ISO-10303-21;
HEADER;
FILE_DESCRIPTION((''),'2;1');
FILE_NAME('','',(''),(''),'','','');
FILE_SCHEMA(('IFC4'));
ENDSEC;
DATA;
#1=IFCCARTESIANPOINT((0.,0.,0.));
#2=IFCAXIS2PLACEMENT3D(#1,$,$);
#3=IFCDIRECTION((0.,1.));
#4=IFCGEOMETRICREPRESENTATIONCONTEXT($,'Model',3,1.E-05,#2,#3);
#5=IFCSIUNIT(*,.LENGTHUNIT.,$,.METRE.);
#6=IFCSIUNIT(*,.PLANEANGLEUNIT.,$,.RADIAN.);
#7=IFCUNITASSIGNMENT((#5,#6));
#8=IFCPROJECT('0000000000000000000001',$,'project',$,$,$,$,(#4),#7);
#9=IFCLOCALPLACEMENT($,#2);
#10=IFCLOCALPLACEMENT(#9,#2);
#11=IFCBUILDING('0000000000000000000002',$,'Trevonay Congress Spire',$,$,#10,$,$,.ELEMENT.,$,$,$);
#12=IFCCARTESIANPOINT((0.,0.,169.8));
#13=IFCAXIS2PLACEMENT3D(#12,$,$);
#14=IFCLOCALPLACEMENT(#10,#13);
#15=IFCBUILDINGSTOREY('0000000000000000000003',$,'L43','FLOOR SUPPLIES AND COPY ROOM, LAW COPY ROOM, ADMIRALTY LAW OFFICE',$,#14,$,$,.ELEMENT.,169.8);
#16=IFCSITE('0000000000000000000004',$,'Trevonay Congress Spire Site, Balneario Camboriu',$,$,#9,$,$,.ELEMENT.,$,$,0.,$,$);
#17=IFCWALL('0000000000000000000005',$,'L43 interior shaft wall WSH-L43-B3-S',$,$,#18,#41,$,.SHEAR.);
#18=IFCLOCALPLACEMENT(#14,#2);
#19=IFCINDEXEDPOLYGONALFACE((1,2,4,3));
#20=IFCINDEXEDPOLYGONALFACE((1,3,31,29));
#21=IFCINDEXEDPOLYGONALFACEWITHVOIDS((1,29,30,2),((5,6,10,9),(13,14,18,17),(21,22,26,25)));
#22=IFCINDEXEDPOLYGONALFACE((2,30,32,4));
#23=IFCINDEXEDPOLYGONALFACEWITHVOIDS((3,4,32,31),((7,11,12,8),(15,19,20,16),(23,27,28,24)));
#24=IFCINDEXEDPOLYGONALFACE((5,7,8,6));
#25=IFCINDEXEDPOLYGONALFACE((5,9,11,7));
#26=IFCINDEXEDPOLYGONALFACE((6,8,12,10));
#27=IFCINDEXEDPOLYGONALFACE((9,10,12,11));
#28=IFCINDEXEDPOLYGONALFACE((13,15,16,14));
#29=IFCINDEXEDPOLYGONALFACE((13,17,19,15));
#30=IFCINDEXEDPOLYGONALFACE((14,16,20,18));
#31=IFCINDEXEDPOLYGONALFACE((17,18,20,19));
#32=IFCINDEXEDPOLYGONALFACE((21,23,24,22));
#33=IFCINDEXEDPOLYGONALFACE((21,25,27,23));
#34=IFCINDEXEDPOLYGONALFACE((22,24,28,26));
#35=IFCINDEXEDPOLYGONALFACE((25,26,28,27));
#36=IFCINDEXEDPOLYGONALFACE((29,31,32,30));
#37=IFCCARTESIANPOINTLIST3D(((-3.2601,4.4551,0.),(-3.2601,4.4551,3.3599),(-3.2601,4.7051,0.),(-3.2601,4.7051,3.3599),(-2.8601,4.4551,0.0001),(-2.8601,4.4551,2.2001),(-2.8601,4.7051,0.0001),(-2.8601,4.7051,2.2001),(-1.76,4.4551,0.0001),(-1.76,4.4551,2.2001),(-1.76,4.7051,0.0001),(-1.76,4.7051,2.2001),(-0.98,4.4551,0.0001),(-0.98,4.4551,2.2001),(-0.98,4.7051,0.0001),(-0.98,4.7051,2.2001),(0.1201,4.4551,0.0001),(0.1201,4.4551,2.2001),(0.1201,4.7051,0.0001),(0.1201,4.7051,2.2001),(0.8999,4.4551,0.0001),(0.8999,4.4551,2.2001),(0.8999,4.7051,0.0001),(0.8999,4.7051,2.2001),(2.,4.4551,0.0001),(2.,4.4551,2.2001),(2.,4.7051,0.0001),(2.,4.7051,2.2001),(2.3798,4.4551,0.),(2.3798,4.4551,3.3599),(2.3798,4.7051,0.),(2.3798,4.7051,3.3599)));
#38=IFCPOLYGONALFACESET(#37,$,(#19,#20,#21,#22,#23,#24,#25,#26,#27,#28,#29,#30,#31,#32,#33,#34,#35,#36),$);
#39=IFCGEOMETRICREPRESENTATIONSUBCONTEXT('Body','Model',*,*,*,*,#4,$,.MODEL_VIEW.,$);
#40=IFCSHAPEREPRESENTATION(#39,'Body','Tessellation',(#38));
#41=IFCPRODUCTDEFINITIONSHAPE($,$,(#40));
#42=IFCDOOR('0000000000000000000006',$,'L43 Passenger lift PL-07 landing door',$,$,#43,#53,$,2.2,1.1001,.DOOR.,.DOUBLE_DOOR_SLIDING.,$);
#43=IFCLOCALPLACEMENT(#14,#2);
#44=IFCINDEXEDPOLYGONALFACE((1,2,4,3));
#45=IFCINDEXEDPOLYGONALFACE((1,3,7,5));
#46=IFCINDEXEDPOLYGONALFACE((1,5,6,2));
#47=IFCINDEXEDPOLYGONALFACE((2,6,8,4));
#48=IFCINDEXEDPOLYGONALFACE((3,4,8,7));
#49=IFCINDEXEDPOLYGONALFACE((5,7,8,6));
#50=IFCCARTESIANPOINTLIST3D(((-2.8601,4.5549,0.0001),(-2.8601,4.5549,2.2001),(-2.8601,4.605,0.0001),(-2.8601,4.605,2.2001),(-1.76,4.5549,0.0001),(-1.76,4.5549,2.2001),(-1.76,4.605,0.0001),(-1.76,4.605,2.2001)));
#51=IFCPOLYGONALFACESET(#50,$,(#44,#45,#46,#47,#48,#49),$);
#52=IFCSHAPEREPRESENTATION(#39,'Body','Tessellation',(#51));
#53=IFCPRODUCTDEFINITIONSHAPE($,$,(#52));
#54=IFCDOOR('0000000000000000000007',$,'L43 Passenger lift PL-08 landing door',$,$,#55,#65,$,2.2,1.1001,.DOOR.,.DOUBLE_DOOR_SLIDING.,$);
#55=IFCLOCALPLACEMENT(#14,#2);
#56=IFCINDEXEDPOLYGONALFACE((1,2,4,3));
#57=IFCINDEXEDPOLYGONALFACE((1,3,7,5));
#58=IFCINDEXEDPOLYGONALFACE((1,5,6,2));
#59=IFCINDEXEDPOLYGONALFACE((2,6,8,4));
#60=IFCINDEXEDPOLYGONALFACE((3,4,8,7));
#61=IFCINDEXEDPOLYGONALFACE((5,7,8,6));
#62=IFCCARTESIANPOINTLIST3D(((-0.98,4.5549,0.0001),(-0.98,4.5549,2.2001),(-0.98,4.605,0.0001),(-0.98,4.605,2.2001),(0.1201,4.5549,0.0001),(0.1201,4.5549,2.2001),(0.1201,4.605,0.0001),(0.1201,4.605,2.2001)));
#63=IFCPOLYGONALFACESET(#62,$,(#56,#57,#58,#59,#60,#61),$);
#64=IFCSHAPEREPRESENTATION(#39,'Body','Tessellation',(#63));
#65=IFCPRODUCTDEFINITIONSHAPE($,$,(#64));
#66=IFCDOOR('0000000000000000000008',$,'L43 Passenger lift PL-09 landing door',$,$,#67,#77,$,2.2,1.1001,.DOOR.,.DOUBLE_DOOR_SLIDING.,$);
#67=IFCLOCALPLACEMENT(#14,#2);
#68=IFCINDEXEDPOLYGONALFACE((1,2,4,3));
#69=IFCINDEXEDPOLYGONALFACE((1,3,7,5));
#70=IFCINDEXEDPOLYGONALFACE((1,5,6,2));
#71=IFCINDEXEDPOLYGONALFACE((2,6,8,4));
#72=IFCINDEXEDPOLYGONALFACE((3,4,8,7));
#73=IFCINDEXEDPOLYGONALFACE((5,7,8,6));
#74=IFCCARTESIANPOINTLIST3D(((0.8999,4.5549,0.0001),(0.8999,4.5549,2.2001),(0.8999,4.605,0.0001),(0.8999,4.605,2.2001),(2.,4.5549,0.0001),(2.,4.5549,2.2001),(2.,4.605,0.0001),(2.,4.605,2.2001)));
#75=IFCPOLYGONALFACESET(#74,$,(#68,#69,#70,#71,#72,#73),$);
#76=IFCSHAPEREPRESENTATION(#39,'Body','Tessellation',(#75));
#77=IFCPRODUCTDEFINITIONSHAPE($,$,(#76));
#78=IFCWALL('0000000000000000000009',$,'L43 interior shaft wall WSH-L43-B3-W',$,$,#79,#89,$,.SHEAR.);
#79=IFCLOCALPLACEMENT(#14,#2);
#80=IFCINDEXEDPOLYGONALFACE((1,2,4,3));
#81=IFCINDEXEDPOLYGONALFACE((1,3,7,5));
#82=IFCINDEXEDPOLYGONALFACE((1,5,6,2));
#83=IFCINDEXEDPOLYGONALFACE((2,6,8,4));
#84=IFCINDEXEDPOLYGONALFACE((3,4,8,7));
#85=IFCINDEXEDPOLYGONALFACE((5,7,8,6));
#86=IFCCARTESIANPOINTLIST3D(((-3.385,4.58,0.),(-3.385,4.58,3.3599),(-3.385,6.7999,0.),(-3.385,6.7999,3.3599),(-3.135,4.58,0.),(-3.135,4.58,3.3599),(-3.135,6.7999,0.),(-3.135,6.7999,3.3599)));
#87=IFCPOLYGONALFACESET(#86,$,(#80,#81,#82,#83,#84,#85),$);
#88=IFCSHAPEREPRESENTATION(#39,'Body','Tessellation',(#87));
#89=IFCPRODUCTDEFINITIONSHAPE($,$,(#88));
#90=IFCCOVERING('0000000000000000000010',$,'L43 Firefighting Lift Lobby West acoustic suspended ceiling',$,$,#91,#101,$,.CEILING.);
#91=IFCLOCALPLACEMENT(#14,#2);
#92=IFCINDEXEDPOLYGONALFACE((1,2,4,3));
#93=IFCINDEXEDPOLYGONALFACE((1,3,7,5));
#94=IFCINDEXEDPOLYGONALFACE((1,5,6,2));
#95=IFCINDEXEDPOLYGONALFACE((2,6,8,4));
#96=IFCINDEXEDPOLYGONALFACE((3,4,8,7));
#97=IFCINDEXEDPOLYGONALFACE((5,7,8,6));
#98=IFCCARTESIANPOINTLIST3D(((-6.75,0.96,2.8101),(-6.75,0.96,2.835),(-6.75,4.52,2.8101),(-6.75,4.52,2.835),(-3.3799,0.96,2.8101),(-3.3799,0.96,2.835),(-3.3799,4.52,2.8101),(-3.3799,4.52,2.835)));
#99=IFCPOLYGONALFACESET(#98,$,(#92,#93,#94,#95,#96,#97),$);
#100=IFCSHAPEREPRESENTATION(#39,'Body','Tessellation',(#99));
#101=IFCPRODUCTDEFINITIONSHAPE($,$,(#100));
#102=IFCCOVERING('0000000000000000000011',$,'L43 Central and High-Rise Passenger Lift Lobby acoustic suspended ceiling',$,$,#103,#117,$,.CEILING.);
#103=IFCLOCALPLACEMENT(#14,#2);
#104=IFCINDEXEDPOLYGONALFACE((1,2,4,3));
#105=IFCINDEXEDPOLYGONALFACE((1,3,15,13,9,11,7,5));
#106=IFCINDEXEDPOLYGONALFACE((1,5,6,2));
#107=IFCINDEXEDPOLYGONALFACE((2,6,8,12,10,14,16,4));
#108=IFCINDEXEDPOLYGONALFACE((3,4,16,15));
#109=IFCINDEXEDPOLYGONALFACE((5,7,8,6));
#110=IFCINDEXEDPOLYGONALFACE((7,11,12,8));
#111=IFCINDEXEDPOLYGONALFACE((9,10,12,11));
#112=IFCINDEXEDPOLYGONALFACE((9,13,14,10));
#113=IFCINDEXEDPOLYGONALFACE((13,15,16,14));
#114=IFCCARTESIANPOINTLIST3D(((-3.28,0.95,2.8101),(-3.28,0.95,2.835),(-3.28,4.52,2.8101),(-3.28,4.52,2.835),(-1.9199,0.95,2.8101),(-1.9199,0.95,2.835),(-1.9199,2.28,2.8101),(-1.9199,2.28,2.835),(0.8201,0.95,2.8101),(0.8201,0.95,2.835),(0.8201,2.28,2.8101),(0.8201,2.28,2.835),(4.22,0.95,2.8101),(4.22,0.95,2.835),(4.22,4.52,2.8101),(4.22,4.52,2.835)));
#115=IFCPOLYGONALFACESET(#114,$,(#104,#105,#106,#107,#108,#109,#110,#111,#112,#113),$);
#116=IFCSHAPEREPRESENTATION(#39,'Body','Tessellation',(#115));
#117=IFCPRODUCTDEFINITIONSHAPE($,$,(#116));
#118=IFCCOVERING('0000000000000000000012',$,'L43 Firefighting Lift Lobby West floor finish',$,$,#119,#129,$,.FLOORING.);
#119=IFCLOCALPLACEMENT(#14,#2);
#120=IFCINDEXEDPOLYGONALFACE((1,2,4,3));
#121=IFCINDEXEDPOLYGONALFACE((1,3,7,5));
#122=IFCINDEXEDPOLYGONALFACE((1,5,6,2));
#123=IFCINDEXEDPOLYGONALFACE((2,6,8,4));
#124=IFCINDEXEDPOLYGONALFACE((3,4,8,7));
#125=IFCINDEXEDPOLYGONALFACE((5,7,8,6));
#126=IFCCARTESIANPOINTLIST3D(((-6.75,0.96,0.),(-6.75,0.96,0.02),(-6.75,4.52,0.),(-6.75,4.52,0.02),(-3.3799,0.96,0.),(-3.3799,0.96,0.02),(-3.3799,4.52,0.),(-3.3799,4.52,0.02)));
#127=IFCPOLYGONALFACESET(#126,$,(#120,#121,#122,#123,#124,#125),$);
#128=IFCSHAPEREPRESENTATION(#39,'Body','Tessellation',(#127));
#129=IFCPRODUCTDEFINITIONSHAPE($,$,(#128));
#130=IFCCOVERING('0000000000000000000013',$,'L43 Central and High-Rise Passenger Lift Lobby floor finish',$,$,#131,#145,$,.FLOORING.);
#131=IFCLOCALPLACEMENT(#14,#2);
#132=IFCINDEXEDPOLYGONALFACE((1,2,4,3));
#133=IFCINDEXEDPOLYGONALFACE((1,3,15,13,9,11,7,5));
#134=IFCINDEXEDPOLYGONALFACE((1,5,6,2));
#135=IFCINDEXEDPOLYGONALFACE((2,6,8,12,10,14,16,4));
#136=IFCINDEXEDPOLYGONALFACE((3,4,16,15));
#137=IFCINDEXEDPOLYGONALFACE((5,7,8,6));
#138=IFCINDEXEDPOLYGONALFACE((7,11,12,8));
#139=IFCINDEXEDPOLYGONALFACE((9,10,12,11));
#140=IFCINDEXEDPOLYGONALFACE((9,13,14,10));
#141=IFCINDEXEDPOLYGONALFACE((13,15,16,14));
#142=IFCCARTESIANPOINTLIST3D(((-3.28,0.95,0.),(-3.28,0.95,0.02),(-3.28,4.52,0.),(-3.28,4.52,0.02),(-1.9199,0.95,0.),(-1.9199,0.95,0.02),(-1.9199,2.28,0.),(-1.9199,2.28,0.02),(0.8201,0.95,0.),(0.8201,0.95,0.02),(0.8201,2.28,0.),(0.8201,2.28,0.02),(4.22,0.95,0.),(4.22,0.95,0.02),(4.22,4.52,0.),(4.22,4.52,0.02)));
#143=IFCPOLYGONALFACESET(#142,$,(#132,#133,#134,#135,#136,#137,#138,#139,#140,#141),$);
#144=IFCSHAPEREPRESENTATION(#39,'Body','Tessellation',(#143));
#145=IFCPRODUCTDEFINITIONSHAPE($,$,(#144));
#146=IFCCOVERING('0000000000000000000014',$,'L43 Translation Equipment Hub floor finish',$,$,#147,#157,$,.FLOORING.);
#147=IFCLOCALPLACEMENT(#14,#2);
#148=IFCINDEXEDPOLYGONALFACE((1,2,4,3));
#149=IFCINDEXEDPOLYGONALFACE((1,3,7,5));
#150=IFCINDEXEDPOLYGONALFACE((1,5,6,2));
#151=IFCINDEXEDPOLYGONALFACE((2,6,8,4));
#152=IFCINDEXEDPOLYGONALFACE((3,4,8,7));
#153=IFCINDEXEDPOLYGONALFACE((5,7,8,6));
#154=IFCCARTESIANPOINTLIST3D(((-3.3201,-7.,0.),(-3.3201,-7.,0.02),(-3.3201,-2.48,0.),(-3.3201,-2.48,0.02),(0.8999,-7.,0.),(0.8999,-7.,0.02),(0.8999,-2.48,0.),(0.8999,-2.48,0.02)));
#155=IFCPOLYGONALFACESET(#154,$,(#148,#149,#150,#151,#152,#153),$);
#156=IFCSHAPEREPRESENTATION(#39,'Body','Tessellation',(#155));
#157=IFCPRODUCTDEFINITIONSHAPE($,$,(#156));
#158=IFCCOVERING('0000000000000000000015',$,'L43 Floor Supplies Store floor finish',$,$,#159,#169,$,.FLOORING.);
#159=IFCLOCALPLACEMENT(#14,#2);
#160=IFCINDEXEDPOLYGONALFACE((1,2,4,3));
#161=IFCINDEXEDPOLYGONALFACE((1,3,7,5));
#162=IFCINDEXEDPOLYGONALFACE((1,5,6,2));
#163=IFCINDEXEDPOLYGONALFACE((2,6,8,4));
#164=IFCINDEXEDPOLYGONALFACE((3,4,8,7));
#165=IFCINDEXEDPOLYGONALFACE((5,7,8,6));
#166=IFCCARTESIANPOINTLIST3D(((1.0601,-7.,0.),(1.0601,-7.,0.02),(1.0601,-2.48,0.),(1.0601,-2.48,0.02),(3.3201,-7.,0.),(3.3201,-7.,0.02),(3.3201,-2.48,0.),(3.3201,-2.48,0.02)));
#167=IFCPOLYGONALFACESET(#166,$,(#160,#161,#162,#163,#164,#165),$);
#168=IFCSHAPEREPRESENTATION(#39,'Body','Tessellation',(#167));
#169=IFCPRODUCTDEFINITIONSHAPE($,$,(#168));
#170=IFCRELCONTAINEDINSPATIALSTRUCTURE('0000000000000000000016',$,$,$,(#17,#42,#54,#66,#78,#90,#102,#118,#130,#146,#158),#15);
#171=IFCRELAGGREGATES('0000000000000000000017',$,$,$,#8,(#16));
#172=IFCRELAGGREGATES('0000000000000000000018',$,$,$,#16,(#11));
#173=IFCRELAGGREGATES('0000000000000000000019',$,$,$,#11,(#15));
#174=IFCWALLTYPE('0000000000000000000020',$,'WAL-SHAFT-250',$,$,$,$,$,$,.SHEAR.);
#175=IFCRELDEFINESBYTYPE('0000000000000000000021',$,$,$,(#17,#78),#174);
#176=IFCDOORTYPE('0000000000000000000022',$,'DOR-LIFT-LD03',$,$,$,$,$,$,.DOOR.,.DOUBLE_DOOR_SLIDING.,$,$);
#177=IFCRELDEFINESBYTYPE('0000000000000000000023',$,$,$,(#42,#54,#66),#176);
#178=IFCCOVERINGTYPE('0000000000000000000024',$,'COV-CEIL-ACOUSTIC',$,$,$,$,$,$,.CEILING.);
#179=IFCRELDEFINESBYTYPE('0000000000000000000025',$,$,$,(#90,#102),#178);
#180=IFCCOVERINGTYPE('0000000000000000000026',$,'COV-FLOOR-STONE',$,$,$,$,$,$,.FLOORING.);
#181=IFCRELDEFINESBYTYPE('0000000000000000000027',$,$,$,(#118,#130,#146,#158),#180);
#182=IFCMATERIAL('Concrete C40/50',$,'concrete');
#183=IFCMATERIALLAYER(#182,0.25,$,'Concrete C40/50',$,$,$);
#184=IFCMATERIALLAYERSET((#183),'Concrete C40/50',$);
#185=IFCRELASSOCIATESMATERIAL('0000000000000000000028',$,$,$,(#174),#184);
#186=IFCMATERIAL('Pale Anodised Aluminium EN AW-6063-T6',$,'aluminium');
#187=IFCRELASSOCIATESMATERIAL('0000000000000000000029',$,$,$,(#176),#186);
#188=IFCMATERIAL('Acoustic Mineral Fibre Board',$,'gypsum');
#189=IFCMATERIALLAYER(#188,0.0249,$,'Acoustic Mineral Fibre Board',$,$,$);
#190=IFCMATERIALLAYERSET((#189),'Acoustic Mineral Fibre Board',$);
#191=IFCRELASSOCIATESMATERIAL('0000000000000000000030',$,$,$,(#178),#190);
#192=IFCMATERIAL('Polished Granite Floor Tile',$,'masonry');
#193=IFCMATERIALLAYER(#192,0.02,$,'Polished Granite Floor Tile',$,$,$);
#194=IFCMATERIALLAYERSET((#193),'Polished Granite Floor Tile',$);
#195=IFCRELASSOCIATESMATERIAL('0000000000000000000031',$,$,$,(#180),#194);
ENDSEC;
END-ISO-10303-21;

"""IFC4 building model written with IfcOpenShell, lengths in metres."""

from ifc_helpers import new_model, si_unit, direction, frame, frame_2d, origin, place, context, subcontext, project, spatial, polyline, rectangle, outline, extrude, material, layer, layer_set, type_object, element, fill, save


model = new_model("IFC4")

# Units and contexts
model_context = context("Model", 3, precision=1e-05, world=origin(), true_north=direction((0.0, 1.0)))
body_context = subcontext(model_context, "Body", "Model", "MODEL_VIEW")
ifc_project = project(units=[si_unit("LENGTHUNIT", "METRE"), si_unit("PLANEANGLEUNIT", "RADIAN")], contexts=[model_context])

# Site, building, storey
site_placement = place(None, origin())
site = spatial("IfcSite", under=ifc_project, at=site_placement, Name="Trevonay Congress Spire Site, Balneario Camboriu", CompositionType="ELEMENT", RefElevation=0.0)
building_placement = place(site_placement, origin())
building = spatial("IfcBuilding", under=site, at=building_placement, Name="Trevonay Congress Spire", CompositionType="ELEMENT")
storey_placement = place(building_placement, frame((0.0, 0.0, 169.8)))
storey = spatial("IfcBuildingStorey", under=building, at=storey_placement, Name="L43", Description="FLOOR SUPPLIES AND COPY ROOM, LAW COPY ROOM, ADMIRALTY LAW OFFICE", CompositionType="ELEMENT", Elevation=169.8)

# Shared definitions
ifc_material_1 = material(Name="Concrete C40/50", Category="concrete")

# Wall, openings, doors
ifc_layer_1 = layer(ifc_material_1, 0.25, Name="Concrete C40/50")
ifc_layer_set_1 = layer_set([ifc_layer_1], Name="Concrete C40/50")
wall_type_1 = type_object("IfcWallType", Name="WAL-SHAFT-250", PredefinedType="SHEAR", material=ifc_layer_set_1)
wall_1_placement = place(storey_placement, frame((-3.26, 4.5801, 0.0), z_axis=(0.0, 0.0, 1.0), x_axis=(1.0, 0.0, 0.0)))
wall_1 = element("IfcWall", 1, at=wall_1_placement, inside=storey, type_object=wall_type_1, Name="L43 interior shaft wall WSH-L43-B3-S", PredefinedType="SHEAR", context=body_context, shape_type="SweptSolid", body=[
    extrude(rectangle(XDim=5.6399, YDim=0.25, at=frame_2d((2.8198, 0.0))), origin(), (0.0, 0.0, 1.0), 3.3599),
])
opening_1_placement = place(wall_1_placement, frame((0.3999, 0.0, 0.0)))
opening_1 = element("IfcOpeningElement", 2, at=opening_1_placement, cuts=wall_1, PredefinedType="OPENING", context=body_context, shape_type="SweptSolid", body=[
    extrude(rectangle(XDim=1.1001, YDim=2.2, at=frame_2d((0.55, 1.1001))), frame((0.0, 0.135, 0.0), z_axis=(0.0, -1.0, 0.0), x_axis=(1.0, 0.0, 0.0)), (0.0, 0.0, 1.0), 0.27),
])
opening_2_placement = place(wall_1_placement, frame((2.28, 0.0, 0.0)))
opening_2 = element("IfcOpeningElement", 3, at=opening_2_placement, cuts=wall_1, PredefinedType="OPENING", context=body_context, shape_type="SweptSolid", body=[
    extrude(rectangle(XDim=1.1001, YDim=2.2, at=frame_2d((0.55, 1.1001))), frame((0.0, 0.135, 0.0), z_axis=(0.0, -1.0, 0.0), x_axis=(1.0, 0.0, 0.0)), (0.0, 0.0, 1.0), 0.27),
])
opening_3_placement = place(wall_1_placement, frame((4.1599, 0.0, 0.0)))
opening_3 = element("IfcOpeningElement", 4, at=opening_3_placement, cuts=wall_1, PredefinedType="OPENING", context=body_context, shape_type="SweptSolid", body=[
    extrude(rectangle(XDim=1.1001, YDim=2.2, at=frame_2d((0.55, 1.1001))), frame((0.0, 0.135, 0.0), z_axis=(0.0, -1.0, 0.0), x_axis=(1.0, 0.0, 0.0)), (0.0, 0.0, 1.0), 0.27),
])
ifc_material_2 = material(Name="Pale Anodised Aluminium EN AW-6063-T6", Category="aluminium")
door_type = type_object("IfcDoorType", Name="DOR-LIFT-LD03", OperationType="DOUBLE_DOOR_SLIDING", PredefinedType="DOOR", material=ifc_material_2)
door_1_placement = place(opening_1_placement, origin())
door_1 = element("IfcDoor", 5, at=door_1_placement, inside=storey, type_object=door_type, Name="L43 Passenger lift PL-07 landing door", OperationType="DOUBLE_DOOR_SLIDING", OverallHeight=2.2, OverallWidth=1.1001, PredefinedType="DOOR", context=body_context, shape_type="SweptSolid", body=[
    extrude(rectangle(XDim=1.1001, YDim=2.2, at=frame_2d((0.55, 1.1001))), frame((0.0, 0.0249, 0.0), z_axis=(0.0, -1.0, 0.0), x_axis=(1.0, 0.0, 0.0)), (0.0, 0.0, 1.0), 0.05),
])
fill(opening_1, door_1)
door_2_placement = place(opening_2_placement, origin())
door_2 = element("IfcDoor", 6, at=door_2_placement, inside=storey, type_object=door_type, Name="L43 Passenger lift PL-08 landing door", OperationType="DOUBLE_DOOR_SLIDING", OverallHeight=2.2, OverallWidth=1.1001, PredefinedType="DOOR", context=body_context, shape_type="SweptSolid", body=[
    extrude(rectangle(XDim=1.1001, YDim=2.2, at=frame_2d((0.55, 1.1001))), frame((0.0, 0.0249, 0.0), z_axis=(0.0, -1.0, 0.0), x_axis=(1.0, 0.0, 0.0)), (0.0, 0.0, 1.0), 0.05),
])
fill(opening_2, door_2)
door_3_placement = place(opening_3_placement, origin())
door_3 = element("IfcDoor", 7, at=door_3_placement, inside=storey, type_object=door_type, Name="L43 Passenger lift PL-09 landing door", OperationType="DOUBLE_DOOR_SLIDING", OverallHeight=2.2, OverallWidth=1.1001, PredefinedType="DOOR", context=body_context, shape_type="SweptSolid", body=[
    extrude(rectangle(XDim=1.1001, YDim=2.2, at=frame_2d((0.55, 1.1001))), frame((0.0, 0.0249, 0.0), z_axis=(0.0, -1.0, 0.0), x_axis=(1.0, 0.0, 0.0)), (0.0, 0.0, 1.0), 0.05),
])
fill(opening_3, door_3)

# Wall
wall_2_placement = place(storey_placement, frame((-3.26, 4.5801, 0.0), z_axis=(0.0, 0.0, 1.0), x_axis=(0.0, 1.0, 0.0)))
element("IfcWall", 8, at=wall_2_placement, inside=storey, type_object=wall_type_1, Name="L43 interior shaft wall WSH-L43-B3-W", PredefinedType="SHEAR", context=body_context, shape_type="SweptSolid", body=[
    extrude(rectangle(XDim=2.22, YDim=0.25, at=frame_2d((1.1099, 0.0))), origin(), (0.0, 0.0, 1.0), 3.3599),
])

# Coverings
ifc_material_3 = material(Name="Acoustic Mineral Fibre Board", Category="gypsum")
ifc_layer_2 = layer(ifc_material_3, 0.0249, Name="Acoustic Mineral Fibre Board")
ifc_layer_set_2 = layer_set([ifc_layer_2], Name="Acoustic Mineral Fibre Board")
covering_type_1 = type_object("IfcCoveringType", Name="COV-CEIL-ACOUSTIC", PredefinedType="CEILING", material=ifc_layer_set_2)
covering_1_placement = place(storey_placement, frame((0.0, 0.0, 2.8101)))
element("IfcCovering", 9, at=covering_1_placement, inside=storey, type_object=covering_type_1, Name="L43 Firefighting Lift Lobby West acoustic suspended ceiling", PredefinedType="CEILING", context=body_context, shape_type="SweptSolid", body=[
    extrude(outline(polyline([(-6.75, 0.96), (-3.3799, 0.96), (-3.3799, 4.52), (-6.75, 4.52), (-6.75, 0.96)])), origin(), (0.0, 0.0, 1.0), 0.0249),
])
covering_2_placement = place(storey_placement, frame((0.0, 0.0, 2.8101)))
element("IfcCovering", 10, at=covering_2_placement, inside=storey, type_object=covering_type_1, Name="L43 Central and High-Rise Passenger Lift Lobby acoustic suspended ceiling", PredefinedType="CEILING", context=body_context, shape_type="SweptSolid", body=[
    extrude(outline(polyline([(-3.28, 0.95), (-1.9199, 0.95), (-1.9199, 2.28), (0.8201, 2.28), (0.8201, 0.95), (4.22, 0.95), (4.22, 4.52), (-3.28, 4.52), (-3.28, 0.95)])), origin(), (0.0, 0.0, 1.0), 0.0249),
])
ifc_material_4 = material(Name="Polished Granite Floor Tile", Category="masonry")
ifc_layer_3 = layer(ifc_material_4, 0.02, Name="Polished Granite Floor Tile")
ifc_layer_set_3 = layer_set([ifc_layer_3], Name="Polished Granite Floor Tile")
covering_type_2 = type_object("IfcCoveringType", Name="COV-FLOOR-STONE", PredefinedType="FLOORING", material=ifc_layer_set_3)
covering_3_placement = place(storey_placement, origin())
element("IfcCovering", 11, at=covering_3_placement, inside=storey, type_object=covering_type_2, Name="L43 Firefighting Lift Lobby West floor finish", PredefinedType="FLOORING", context=body_context, shape_type="SweptSolid", body=[
    extrude(outline(polyline([(-6.75, 0.96), (-3.3799, 0.96), (-3.3799, 4.52), (-6.75, 4.52), (-6.75, 0.96)])), origin(), (0.0, 0.0, 1.0), 0.02),
])
covering_4_placement = place(storey_placement, origin())
element("IfcCovering", 12, at=covering_4_placement, inside=storey, type_object=covering_type_2, Name="L43 Central and High-Rise Passenger Lift Lobby floor finish", PredefinedType="FLOORING", context=body_context, shape_type="SweptSolid", body=[
    extrude(outline(polyline([(-3.28, 0.95), (-1.9199, 0.95), (-1.9199, 2.28), (0.8201, 2.28), (0.8201, 0.95), (4.22, 0.95), (4.22, 4.52), (-3.28, 4.52), (-3.28, 0.95)])), origin(), (0.0, 0.0, 1.0), 0.02),
])
covering_5_placement = place(storey_placement, origin())
element("IfcCovering", 13, at=covering_5_placement, inside=storey, type_object=covering_type_2, Name="L43 Translation Equipment Hub floor finish", PredefinedType="FLOORING", context=body_context, shape_type="SweptSolid", body=[
    extrude(outline(polyline([(-3.3201, -7.0), (0.8999, -7.0), (0.8999, -2.48), (-3.3201, -2.48), (-3.3201, -7.0)])), origin(), (0.0, 0.0, 1.0), 0.02),
])
covering_6_placement = place(storey_placement, origin())
element("IfcCovering", 14, at=covering_6_placement, inside=storey, type_object=covering_type_2, Name="L43 Floor Supplies Store floor finish", PredefinedType="FLOORING", context=body_context, shape_type="SweptSolid", body=[
    extrude(outline(polyline([(1.0601, -7.0), (3.3201, -7.0), (3.3201, -2.48), (1.0601, -2.48), (1.0601, -7.0)])), origin(), (0.0, 0.0, 1.0), 0.02),
])

save(model, "model.ifc")
